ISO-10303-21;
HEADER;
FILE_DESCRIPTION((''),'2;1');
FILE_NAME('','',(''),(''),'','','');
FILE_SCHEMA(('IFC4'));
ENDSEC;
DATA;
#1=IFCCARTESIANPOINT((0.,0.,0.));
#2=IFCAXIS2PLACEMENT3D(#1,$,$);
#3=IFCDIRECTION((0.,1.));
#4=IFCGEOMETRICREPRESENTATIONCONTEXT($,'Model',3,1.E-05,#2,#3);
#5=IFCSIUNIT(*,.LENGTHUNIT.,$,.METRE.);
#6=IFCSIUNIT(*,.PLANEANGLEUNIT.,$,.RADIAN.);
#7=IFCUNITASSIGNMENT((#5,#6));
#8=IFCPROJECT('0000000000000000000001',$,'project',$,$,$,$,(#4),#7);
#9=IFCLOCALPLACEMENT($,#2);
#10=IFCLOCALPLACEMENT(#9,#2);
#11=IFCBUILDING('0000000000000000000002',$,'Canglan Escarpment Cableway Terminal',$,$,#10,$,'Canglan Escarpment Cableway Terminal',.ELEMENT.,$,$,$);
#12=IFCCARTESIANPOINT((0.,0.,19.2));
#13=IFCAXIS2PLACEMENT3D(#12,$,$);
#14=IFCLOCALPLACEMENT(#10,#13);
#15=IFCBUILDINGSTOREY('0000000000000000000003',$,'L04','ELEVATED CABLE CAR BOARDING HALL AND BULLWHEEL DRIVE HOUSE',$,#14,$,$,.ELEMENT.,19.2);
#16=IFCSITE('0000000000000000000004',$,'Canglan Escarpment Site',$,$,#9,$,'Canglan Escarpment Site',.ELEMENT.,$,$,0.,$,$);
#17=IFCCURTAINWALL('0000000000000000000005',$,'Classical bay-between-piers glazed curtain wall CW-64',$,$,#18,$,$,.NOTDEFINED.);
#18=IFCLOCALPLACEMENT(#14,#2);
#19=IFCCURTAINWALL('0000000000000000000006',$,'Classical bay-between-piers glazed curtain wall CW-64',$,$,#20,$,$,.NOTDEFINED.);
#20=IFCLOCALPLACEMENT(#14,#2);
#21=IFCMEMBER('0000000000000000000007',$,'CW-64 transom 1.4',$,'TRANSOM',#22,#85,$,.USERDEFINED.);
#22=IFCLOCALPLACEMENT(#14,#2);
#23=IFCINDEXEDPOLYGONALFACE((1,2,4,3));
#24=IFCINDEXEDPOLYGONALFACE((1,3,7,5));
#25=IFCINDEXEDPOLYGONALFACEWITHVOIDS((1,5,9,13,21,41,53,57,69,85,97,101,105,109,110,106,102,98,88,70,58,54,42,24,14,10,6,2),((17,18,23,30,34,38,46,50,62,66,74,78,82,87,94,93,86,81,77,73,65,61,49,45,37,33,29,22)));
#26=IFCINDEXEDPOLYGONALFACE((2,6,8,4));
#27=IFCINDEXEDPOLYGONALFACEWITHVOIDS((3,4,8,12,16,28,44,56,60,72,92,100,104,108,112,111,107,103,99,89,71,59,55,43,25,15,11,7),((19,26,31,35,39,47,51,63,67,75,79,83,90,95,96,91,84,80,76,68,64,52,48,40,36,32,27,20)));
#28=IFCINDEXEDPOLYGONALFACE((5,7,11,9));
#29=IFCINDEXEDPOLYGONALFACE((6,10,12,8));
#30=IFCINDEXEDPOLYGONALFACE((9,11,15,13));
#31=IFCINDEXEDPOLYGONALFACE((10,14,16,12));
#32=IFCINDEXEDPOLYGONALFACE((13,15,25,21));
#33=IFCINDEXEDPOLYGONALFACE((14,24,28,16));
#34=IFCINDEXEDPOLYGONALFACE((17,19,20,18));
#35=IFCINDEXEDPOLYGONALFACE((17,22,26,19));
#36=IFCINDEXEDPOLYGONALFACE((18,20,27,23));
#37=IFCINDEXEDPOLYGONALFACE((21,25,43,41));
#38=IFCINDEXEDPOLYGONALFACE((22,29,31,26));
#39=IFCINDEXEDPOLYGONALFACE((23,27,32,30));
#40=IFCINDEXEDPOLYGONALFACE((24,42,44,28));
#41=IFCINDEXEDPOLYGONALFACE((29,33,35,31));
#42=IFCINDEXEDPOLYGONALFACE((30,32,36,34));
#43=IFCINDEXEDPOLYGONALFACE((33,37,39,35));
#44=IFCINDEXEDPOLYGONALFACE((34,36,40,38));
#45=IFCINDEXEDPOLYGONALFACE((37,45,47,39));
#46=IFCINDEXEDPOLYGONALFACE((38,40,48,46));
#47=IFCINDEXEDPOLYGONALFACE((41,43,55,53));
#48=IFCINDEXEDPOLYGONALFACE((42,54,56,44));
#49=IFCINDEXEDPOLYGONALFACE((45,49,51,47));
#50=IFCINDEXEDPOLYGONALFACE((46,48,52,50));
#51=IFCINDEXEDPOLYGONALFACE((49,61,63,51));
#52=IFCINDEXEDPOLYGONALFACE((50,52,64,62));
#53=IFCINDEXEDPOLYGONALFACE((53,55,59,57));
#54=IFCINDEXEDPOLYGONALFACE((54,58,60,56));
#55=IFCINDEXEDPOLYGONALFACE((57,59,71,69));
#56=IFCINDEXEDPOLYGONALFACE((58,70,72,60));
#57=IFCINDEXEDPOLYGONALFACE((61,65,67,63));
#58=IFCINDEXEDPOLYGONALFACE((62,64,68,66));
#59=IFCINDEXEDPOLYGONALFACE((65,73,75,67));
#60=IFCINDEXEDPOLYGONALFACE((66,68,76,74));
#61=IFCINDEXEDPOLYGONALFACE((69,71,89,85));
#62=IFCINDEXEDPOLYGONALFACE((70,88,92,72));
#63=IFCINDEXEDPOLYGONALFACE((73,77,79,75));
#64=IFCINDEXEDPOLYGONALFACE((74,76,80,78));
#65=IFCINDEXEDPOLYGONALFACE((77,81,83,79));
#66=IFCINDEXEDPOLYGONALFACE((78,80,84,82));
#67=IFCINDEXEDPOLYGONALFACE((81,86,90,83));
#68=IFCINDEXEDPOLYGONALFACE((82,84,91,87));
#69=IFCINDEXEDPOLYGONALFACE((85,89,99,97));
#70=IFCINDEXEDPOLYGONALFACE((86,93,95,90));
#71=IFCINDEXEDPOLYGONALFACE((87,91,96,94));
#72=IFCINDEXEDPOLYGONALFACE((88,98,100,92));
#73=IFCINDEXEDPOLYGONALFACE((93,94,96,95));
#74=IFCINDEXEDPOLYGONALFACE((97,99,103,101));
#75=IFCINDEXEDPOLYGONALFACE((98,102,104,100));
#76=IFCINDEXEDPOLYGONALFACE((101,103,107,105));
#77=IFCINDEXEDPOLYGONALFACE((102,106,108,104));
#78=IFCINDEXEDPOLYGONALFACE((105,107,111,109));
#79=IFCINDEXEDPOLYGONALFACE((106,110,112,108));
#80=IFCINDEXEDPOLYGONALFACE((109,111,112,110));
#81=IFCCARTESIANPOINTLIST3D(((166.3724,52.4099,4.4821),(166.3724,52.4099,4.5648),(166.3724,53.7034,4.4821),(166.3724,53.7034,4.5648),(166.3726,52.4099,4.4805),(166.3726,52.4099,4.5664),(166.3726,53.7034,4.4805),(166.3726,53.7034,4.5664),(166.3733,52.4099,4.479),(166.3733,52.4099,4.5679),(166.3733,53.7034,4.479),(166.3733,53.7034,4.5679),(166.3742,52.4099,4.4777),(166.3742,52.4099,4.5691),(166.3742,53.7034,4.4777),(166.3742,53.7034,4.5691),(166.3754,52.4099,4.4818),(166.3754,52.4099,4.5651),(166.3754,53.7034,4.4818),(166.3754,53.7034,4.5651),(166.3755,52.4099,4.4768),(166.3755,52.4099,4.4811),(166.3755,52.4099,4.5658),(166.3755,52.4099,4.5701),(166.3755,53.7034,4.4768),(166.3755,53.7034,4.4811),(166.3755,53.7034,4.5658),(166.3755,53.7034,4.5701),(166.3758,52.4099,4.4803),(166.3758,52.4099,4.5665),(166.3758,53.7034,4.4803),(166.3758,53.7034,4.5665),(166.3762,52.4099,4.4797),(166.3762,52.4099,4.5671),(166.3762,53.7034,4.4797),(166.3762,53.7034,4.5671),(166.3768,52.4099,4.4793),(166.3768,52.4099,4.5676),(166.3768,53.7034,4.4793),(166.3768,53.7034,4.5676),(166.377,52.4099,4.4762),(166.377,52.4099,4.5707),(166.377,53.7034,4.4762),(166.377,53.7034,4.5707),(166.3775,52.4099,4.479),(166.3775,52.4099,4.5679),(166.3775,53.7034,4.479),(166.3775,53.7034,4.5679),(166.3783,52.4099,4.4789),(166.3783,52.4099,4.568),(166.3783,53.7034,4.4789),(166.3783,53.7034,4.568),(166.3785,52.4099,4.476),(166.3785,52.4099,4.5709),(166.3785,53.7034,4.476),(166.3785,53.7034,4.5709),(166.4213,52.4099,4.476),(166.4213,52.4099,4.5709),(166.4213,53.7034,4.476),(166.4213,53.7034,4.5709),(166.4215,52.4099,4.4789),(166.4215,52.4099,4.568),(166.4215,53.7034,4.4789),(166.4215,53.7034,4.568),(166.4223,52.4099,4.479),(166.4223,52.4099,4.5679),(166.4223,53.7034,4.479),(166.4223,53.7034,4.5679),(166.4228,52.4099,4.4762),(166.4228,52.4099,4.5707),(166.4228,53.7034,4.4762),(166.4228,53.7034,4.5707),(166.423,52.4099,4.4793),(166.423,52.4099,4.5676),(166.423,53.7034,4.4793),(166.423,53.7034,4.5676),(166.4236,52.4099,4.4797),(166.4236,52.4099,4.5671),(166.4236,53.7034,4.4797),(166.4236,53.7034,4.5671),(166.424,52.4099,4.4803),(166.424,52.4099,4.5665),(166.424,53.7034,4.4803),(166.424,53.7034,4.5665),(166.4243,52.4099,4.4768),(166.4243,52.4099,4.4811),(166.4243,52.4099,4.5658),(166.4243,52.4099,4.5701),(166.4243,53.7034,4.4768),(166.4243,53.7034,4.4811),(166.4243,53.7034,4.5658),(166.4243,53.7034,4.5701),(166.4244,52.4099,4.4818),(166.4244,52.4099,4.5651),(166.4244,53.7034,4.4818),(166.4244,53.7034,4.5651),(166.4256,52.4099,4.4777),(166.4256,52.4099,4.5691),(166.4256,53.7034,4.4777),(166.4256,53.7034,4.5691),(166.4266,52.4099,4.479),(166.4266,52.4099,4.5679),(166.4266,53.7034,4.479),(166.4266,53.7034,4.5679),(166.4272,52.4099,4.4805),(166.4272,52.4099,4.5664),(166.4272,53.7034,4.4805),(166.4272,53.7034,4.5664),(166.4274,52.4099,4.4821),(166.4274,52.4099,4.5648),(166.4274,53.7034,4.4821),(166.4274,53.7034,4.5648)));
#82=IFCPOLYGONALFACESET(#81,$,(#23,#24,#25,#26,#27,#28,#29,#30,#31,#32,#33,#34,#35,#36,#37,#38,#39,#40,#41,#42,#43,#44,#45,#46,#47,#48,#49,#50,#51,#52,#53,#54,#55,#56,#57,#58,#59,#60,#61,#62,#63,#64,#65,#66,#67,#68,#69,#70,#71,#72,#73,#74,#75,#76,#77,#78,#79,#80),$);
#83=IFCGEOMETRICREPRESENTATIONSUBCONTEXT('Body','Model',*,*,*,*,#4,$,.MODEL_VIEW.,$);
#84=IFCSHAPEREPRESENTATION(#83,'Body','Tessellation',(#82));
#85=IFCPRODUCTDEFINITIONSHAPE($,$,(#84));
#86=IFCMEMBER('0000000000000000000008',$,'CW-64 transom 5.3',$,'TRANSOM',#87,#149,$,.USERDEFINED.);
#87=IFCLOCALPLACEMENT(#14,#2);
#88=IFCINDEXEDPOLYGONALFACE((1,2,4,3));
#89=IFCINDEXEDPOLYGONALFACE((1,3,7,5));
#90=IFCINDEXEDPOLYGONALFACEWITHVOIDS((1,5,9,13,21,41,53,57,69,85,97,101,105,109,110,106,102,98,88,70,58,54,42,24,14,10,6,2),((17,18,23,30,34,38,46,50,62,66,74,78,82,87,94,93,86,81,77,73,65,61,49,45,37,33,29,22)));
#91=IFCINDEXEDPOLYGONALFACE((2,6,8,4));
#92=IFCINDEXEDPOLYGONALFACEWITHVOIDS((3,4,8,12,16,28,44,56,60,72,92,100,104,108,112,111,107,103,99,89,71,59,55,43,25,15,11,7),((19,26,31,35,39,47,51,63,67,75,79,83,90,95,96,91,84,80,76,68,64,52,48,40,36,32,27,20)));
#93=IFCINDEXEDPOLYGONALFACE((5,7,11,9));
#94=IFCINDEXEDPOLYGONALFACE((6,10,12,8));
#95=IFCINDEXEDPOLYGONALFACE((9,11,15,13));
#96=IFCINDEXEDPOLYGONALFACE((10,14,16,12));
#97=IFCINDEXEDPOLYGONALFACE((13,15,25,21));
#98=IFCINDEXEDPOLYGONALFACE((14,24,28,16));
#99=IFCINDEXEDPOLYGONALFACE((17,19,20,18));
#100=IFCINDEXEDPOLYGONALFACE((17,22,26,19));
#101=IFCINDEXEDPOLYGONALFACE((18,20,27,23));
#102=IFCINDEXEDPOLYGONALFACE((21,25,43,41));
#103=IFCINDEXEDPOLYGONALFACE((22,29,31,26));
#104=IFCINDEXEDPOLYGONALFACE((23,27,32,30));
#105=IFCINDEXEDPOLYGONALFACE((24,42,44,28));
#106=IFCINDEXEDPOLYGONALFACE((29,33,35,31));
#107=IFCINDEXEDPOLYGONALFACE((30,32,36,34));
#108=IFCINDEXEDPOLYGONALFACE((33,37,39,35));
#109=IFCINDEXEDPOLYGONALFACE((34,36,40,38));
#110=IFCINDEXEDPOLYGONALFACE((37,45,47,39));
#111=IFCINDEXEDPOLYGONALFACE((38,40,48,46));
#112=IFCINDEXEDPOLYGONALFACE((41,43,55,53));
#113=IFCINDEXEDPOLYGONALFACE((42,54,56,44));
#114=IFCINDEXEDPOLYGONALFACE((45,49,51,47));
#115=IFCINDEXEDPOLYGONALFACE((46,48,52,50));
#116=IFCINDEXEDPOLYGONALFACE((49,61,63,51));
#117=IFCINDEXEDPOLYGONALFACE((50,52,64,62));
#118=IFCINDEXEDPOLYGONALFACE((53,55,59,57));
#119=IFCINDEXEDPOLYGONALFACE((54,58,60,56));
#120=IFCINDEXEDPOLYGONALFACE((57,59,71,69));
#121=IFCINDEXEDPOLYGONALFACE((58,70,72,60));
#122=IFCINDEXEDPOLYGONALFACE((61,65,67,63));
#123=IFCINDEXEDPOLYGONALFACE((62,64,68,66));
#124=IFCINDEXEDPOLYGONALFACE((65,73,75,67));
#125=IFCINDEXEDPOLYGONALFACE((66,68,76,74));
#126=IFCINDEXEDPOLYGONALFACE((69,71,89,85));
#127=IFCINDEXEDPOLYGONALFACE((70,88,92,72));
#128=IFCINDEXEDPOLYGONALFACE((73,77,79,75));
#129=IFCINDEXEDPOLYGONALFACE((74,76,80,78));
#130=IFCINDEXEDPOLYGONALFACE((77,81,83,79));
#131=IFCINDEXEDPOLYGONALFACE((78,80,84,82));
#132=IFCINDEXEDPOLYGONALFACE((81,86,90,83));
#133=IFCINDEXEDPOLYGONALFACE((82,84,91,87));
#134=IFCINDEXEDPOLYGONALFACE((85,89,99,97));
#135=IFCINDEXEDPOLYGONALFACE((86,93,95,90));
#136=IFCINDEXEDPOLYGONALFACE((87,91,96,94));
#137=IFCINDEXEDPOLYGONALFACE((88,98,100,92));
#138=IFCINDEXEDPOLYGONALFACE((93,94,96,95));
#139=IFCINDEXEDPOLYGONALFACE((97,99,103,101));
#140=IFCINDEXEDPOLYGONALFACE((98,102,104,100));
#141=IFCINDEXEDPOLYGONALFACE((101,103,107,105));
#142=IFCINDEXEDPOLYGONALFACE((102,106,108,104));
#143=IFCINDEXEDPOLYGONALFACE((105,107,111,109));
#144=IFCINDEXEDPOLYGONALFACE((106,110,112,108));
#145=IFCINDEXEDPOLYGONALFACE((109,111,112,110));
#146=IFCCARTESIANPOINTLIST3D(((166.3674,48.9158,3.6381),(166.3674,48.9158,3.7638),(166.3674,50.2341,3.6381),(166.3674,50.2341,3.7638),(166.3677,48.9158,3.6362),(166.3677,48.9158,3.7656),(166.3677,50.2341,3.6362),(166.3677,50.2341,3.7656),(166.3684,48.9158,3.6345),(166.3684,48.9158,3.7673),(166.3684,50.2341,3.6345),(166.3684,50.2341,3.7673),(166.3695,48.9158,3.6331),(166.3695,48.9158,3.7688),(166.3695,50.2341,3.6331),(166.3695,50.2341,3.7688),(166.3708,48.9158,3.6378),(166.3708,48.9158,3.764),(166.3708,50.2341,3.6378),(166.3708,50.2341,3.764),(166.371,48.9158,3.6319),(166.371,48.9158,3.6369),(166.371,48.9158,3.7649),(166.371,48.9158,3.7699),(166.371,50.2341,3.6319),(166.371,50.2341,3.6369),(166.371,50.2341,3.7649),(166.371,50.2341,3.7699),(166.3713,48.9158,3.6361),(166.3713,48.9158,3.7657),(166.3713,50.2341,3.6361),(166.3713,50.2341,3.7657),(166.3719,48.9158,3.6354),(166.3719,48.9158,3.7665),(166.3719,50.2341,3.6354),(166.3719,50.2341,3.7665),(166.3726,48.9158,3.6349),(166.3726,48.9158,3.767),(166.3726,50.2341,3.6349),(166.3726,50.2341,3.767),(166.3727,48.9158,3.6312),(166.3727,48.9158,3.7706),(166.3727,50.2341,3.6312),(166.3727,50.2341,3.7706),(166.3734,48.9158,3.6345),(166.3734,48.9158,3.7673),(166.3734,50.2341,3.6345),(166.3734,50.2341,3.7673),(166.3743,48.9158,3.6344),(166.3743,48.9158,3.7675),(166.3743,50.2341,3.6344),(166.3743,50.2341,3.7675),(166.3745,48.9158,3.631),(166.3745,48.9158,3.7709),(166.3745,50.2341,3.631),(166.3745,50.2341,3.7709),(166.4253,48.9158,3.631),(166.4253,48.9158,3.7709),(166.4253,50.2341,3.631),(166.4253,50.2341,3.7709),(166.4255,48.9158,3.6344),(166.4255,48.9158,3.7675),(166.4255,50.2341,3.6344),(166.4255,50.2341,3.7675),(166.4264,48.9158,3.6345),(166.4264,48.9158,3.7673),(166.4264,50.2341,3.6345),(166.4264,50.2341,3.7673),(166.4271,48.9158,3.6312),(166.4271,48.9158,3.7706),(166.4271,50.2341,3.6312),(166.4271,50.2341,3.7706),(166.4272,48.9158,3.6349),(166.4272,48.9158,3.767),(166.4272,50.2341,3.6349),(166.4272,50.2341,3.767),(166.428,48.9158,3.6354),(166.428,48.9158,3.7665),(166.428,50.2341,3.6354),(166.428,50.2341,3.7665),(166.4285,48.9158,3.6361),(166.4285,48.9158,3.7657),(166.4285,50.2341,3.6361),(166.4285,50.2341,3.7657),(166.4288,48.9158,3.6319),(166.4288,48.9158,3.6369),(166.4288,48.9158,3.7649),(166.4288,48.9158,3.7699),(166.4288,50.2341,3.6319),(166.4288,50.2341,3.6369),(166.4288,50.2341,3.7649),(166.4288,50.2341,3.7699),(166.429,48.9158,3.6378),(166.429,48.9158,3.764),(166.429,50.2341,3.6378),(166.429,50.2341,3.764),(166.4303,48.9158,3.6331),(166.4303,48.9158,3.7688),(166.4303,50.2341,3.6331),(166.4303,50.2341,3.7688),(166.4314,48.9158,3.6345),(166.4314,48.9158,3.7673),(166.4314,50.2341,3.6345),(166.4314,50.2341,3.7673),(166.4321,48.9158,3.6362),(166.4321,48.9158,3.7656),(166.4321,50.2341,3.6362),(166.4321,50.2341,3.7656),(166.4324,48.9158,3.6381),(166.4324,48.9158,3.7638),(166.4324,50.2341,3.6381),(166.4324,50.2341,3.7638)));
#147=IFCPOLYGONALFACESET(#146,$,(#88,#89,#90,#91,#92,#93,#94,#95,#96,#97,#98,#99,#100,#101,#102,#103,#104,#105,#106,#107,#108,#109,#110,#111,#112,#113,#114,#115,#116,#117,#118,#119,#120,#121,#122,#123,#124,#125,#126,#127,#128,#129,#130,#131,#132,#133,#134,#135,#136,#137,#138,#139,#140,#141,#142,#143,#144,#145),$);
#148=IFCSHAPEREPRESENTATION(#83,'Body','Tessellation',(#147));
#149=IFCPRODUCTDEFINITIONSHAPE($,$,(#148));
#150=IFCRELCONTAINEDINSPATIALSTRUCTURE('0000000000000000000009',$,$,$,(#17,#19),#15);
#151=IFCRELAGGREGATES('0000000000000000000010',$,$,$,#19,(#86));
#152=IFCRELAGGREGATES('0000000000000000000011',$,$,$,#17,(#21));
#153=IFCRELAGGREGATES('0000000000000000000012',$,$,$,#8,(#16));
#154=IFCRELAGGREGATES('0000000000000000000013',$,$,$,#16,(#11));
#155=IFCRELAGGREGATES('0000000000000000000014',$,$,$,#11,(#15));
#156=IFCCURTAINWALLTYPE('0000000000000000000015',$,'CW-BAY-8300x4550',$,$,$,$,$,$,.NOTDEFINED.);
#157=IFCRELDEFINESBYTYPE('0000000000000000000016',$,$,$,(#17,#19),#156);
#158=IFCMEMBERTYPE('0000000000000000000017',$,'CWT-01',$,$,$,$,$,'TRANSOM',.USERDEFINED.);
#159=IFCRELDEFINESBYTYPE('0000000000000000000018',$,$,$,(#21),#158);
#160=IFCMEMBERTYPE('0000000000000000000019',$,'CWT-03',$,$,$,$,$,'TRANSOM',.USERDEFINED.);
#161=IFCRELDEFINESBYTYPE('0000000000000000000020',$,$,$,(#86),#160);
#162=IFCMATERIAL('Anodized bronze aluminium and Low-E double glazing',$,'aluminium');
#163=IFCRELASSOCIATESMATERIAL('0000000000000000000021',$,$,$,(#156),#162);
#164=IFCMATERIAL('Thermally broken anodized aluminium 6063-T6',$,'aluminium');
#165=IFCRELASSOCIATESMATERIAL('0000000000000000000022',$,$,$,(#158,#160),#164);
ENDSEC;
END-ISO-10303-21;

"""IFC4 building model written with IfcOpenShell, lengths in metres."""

from ifc_helpers import new_model, si_unit, direction, frame, origin, origin_2d, place, context, subcontext, project, spatial, hollow_rectangle, extrude, material, material_profile, profile_set, type_object, element, aggregate, save


model = new_model("IFC4")

# Units and contexts
model_context = context("Model", 3, precision=1e-05, world=origin(), true_north=direction((0.0, 1.0)))
body_context = subcontext(model_context, "Body", "Model", "MODEL_VIEW")
ifc_project = project(units=[si_unit("LENGTHUNIT", "METRE"), si_unit("PLANEANGLEUNIT", "RADIAN")], contexts=[model_context])

# Site, building, storey
site_placement = place(None, origin())
site = spatial("IfcSite", under=ifc_project, at=site_placement, Name="Canglan Escarpment Site", LongName="Canglan Escarpment Site", CompositionType="ELEMENT", RefElevation=0.0)
building_placement = place(site_placement, origin())
building = spatial("IfcBuilding", under=site, at=building_placement, Name="Canglan Escarpment Cableway Terminal", LongName="Canglan Escarpment Cableway Terminal", CompositionType="ELEMENT")
storey_placement = place(building_placement, frame((0.0, 0.0, 19.2)))
storey = spatial("IfcBuildingStorey", under=building, at=storey_placement, Name="L04", Description="ELEVATED CABLE CAR BOARDING HALL AND BULLWHEEL DRIVE HOUSE", CompositionType="ELEMENT", Elevation=19.2)

# Curtain wall
ifc_material_1 = material(Name="Anodized bronze aluminium and Low-E double glazing", Category="aluminium")
curtain_wall_type = type_object("IfcCurtainWallType", Name="CW-BAY-8300x4550", PredefinedType="NOTDEFINED", material=ifc_material_1)
curtain_wall_1_placement = place(storey_placement, origin())
curtain_wall_1 = element("IfcCurtainWall", 1, at=curtain_wall_1_placement, inside=storey, type_object=curtain_wall_type, Name="Classical bay-between-piers glazed curtain wall CW-64", PredefinedType="NOTDEFINED")
ifc_material_2 = material(Name="Thermally broken anodized aluminium 6063-T6", Category="aluminium")

# Curtain wall
curtain_wall_2_placement = place(storey_placement, origin())
curtain_wall_2 = element("IfcCurtainWall", 2, at=curtain_wall_2_placement, inside=storey, type_object=curtain_wall_type, Name="Classical bay-between-piers glazed curtain wall CW-64", PredefinedType="NOTDEFINED")

# Members
ifc_material_profile_1 = material_profile(ifc_material_2, hollow_rectangle(XDim=0.0549, YDim=0.095, WallThickness=0.0029, InnerFilletRadius=0.0029, OuterFilletRadius=0.0061, at=origin_2d()), Name="ALU-TRAN 55x95x3")
ifc_profile_set_1 = profile_set([ifc_material_profile_1], Name="Thermally broken anodized aluminium 6063-T6")
member_type_1 = type_object("IfcMemberType", Name="CWT-01", ElementType="TRANSOM", PredefinedType="USERDEFINED", material=ifc_profile_set_1)
member_1_placement = place(storey_placement, frame((166.3999, 52.4099, 4.5234), z_axis=(0.0, 1.0, 0.0), x_axis=(-1.0, 0.0, 0.0)))
member_1 = element("IfcMember", 3, at=member_1_placement, type_object=member_type_1, Name="CW-64 transom 1.4", ObjectType="TRANSOM", PredefinedType="USERDEFINED", context=body_context, shape_type="SweptSolid", body=[
    extrude(hollow_rectangle(XDim=0.0549, YDim=0.095, WallThickness=0.0029, InnerFilletRadius=0.0029, OuterFilletRadius=0.0061, at=origin_2d()), origin(), (0.0, 0.0, 1.0), 1.2935),
])
ifc_material_profile_2 = material_profile(ifc_material_2, hollow_rectangle(XDim=0.0649, YDim=0.1399, WallThickness=0.0034, InnerFilletRadius=0.0034, OuterFilletRadius=0.0071, at=origin_2d()), Name="ALU-TRAN 65x140x3.5")
ifc_profile_set_2 = profile_set([ifc_material_profile_2], Name="Thermally broken anodized aluminium 6063-T6")
member_type_2 = type_object("IfcMemberType", Name="CWT-03", ElementType="TRANSOM", PredefinedType="USERDEFINED", material=ifc_profile_set_2)
member_2_placement = place(storey_placement, frame((166.3999, 48.9158, 3.7009), z_axis=(0.0, 1.0, 0.0), x_axis=(-1.0, 0.0, 0.0)))
member_2 = element("IfcMember", 4, at=member_2_placement, type_object=member_type_2, Name="CW-64 transom 5.3", ObjectType="TRANSOM", PredefinedType="USERDEFINED", context=body_context, shape_type="SweptSolid", body=[
    extrude(hollow_rectangle(XDim=0.0649, YDim=0.1399, WallThickness=0.0034, InnerFilletRadius=0.0034, OuterFilletRadius=0.0071, at=origin_2d()), origin(), (0.0, 0.0, 1.0), 1.3184),
])

aggregate(curtain_wall_2, [member_2])
aggregate(curtain_wall_1, [member_1])

save(model, "model.ifc")
